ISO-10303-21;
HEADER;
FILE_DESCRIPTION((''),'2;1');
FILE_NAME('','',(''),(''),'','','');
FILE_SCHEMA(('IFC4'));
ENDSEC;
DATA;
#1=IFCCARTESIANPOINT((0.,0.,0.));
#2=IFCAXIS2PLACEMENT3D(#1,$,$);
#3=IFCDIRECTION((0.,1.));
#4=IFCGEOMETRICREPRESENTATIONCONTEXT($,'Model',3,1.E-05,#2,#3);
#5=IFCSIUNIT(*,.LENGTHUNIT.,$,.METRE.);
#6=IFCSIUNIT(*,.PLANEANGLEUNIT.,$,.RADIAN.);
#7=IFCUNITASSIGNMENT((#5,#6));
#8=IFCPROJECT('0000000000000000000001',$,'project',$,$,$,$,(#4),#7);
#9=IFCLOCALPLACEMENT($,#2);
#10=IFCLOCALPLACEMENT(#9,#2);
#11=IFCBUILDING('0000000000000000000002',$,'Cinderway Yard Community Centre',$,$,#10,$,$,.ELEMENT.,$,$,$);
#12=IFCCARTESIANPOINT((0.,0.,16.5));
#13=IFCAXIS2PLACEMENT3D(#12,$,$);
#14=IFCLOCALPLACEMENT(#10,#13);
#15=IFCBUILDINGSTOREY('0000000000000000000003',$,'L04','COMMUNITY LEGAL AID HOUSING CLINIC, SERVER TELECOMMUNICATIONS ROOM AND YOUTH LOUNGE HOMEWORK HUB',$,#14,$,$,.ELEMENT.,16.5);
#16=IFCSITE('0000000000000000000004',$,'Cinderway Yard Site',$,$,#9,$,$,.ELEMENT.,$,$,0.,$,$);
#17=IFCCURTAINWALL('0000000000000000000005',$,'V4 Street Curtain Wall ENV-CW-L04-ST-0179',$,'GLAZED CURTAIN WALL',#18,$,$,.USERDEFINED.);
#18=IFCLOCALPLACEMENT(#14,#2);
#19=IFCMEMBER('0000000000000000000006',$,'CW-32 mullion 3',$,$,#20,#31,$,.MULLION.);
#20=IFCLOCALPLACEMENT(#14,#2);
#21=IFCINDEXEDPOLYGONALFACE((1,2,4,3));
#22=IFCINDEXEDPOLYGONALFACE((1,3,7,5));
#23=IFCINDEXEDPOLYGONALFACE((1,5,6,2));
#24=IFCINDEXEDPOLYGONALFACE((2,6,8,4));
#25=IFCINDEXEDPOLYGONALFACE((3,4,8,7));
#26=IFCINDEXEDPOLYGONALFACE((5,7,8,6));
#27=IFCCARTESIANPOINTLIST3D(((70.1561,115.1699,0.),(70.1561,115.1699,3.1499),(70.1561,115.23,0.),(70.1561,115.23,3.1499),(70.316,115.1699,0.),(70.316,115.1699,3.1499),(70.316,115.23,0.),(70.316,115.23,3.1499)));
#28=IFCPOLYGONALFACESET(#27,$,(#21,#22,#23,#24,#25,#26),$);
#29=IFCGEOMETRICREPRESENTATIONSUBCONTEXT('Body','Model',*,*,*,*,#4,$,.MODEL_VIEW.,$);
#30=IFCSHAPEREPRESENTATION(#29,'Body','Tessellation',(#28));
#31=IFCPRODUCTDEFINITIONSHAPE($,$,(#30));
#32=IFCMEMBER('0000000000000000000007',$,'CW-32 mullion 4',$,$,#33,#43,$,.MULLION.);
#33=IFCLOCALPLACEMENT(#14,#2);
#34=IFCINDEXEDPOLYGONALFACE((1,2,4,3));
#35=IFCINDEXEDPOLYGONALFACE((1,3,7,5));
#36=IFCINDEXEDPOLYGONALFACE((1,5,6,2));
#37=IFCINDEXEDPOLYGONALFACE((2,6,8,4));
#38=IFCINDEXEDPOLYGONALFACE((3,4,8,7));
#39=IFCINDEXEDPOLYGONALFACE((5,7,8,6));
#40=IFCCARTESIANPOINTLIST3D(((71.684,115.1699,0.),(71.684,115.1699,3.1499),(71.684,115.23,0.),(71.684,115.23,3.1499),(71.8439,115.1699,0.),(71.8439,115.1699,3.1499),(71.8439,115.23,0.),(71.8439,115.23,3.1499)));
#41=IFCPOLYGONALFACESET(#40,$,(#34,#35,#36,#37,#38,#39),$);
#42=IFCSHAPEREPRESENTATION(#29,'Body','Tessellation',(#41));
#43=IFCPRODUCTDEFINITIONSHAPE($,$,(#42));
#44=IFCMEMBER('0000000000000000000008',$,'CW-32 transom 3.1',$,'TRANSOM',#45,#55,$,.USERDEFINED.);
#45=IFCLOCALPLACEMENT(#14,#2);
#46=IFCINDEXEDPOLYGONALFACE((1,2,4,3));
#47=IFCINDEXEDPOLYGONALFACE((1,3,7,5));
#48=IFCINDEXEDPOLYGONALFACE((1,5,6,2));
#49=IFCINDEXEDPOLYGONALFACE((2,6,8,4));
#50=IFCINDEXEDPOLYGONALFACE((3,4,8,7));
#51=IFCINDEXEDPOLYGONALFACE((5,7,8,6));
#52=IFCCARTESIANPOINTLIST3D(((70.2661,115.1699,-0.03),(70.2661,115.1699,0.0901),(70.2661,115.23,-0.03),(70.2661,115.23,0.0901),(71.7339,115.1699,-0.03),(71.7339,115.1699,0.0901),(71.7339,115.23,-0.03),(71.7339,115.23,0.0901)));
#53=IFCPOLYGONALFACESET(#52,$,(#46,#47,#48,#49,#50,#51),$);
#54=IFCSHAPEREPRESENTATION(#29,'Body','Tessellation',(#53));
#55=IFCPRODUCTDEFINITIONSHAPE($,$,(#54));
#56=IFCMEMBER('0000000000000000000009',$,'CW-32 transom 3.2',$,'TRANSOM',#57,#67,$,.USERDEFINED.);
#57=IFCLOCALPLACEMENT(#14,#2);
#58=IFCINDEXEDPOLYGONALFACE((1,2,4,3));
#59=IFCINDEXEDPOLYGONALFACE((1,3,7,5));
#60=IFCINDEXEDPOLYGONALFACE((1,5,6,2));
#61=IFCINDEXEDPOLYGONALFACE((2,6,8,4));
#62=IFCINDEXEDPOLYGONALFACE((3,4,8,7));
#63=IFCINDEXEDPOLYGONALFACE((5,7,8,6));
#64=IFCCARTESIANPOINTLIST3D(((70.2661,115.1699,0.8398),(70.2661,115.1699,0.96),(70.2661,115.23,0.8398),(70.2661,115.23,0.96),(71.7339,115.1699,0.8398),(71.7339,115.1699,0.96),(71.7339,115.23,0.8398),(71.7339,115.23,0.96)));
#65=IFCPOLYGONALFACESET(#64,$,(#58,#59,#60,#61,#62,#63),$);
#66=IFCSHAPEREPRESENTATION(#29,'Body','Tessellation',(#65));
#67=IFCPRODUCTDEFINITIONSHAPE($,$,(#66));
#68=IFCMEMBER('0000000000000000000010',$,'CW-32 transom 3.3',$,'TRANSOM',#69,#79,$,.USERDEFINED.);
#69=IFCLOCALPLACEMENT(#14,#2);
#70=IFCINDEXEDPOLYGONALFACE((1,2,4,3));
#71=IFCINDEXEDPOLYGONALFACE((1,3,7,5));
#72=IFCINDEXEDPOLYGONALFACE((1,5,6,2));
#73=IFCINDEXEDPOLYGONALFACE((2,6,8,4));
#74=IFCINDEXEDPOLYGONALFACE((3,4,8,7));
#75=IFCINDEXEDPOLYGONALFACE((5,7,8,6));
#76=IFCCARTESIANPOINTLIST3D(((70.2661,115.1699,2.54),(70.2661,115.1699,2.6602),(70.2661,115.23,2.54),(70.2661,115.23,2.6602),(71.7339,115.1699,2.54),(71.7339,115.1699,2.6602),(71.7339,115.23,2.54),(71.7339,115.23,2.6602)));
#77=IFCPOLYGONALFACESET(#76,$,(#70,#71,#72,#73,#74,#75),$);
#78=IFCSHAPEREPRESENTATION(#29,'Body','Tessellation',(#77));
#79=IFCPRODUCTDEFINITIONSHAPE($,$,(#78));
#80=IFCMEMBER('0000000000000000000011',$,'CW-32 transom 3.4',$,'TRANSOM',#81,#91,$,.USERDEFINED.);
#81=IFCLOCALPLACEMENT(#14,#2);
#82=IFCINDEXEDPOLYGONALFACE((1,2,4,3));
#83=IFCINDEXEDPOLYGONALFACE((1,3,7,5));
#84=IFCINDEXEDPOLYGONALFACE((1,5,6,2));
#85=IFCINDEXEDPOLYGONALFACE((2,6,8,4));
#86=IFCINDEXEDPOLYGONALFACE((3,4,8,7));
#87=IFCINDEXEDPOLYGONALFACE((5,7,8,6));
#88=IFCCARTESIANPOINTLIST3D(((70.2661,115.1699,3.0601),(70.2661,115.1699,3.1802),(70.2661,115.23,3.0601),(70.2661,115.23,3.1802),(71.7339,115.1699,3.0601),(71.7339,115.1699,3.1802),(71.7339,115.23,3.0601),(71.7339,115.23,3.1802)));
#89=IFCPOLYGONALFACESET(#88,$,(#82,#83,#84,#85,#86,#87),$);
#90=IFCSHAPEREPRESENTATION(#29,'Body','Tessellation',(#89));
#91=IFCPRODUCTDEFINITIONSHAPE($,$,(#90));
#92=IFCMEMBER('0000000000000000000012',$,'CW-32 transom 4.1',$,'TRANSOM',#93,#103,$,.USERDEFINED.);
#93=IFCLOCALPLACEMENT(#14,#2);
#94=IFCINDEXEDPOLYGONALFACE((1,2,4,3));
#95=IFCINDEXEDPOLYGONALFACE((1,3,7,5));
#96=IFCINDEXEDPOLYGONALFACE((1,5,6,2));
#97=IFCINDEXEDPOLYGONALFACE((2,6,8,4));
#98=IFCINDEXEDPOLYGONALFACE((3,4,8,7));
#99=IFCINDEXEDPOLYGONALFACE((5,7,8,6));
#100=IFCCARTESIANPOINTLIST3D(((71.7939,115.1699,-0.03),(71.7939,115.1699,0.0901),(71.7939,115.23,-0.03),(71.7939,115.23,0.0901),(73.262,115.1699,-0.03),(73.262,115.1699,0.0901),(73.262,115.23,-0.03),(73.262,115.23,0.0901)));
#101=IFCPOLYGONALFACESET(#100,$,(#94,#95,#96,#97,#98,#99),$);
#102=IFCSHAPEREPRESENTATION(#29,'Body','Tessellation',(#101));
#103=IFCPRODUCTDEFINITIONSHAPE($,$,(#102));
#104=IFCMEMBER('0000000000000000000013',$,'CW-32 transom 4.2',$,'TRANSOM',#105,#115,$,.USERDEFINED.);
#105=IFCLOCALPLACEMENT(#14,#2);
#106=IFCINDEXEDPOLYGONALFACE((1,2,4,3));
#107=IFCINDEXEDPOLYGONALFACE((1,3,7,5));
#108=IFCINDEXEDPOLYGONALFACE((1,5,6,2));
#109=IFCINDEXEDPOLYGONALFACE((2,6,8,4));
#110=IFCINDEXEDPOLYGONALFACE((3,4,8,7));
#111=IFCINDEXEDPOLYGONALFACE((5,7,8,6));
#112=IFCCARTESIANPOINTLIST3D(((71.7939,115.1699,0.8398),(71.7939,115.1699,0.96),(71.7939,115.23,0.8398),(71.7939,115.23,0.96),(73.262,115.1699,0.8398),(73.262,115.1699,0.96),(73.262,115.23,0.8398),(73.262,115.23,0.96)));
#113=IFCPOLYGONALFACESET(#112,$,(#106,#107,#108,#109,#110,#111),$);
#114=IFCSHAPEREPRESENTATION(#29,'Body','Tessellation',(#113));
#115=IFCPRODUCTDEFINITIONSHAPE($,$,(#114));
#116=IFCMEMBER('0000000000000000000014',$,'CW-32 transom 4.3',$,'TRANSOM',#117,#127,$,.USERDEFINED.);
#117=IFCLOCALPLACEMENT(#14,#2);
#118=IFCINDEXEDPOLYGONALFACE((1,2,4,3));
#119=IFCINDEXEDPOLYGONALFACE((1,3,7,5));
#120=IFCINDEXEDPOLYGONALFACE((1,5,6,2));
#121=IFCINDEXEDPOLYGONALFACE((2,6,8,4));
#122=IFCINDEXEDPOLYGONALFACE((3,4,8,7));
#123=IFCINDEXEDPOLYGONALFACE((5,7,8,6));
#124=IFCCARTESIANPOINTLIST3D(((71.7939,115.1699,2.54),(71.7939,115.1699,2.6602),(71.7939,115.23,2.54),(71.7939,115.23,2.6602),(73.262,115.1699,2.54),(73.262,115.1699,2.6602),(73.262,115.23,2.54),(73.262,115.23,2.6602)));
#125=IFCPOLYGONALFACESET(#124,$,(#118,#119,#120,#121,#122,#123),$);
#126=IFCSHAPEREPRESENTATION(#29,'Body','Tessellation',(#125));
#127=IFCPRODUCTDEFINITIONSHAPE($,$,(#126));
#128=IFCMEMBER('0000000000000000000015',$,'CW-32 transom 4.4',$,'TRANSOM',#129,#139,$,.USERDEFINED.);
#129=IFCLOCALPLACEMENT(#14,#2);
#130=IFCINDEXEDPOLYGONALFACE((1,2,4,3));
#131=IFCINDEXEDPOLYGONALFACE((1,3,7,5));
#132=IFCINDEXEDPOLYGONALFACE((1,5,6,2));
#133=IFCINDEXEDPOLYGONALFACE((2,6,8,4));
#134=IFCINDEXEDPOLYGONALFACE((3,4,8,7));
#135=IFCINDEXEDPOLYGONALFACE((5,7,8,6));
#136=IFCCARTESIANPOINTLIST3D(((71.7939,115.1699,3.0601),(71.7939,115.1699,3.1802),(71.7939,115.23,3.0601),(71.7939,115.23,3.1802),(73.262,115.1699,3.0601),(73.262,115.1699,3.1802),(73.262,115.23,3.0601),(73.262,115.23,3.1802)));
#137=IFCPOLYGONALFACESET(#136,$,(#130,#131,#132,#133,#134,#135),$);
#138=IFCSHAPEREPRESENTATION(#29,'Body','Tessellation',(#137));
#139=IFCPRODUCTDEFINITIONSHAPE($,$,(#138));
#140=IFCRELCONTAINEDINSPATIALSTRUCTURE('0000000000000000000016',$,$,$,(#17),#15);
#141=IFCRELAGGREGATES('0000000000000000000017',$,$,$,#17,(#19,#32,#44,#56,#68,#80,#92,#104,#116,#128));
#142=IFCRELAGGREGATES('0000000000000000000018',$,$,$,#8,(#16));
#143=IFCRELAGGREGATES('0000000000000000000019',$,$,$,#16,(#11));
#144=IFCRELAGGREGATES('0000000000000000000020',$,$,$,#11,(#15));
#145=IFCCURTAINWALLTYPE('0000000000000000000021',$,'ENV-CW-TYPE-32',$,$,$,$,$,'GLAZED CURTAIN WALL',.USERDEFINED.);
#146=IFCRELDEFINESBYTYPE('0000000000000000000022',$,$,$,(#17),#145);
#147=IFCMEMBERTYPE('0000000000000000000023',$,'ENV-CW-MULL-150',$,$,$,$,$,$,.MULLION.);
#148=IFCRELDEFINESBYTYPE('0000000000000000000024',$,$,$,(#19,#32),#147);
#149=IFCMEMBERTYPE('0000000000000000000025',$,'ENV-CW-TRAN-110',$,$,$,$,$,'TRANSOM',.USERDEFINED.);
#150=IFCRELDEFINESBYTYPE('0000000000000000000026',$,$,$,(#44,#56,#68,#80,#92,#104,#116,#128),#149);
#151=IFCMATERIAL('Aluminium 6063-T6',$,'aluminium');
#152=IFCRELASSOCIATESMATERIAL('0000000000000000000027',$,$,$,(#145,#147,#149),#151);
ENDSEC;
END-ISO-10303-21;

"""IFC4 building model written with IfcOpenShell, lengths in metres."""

from ifc_helpers import new_model, si_unit, direction, frame, origin, origin_2d, place, context, subcontext, project, spatial, rectangle, extrude, material, material_profile, profile_set, type_object, element, aggregate, save


model = new_model("IFC4")

# Units and contexts
model_context = context("Model", 3, precision=1e-05, world=origin(), true_north=direction((0.0, 1.0)))
body_context = subcontext(model_context, "Body", "Model", "MODEL_VIEW")
ifc_project = project(units=[si_unit("LENGTHUNIT", "METRE"), si_unit("PLANEANGLEUNIT", "RADIAN")], contexts=[model_context])

# Site, building, storey
site_placement = place(None, origin())
site = spatial("IfcSite", under=ifc_project, at=site_placement, Name="Cinderway Yard Site", CompositionType="ELEMENT", RefElevation=0.0)
building_placement = place(site_placement, origin())
building = spatial("IfcBuilding", under=site, at=building_placement, Name="Cinderway Yard Community Centre", CompositionType="ELEMENT")
storey_placement = place(building_placement, frame((0.0, 0.0, 16.5)))
storey = spatial("IfcBuildingStorey", under=building, at=storey_placement, Name="L04", Description="COMMUNITY LEGAL AID HOUSING CLINIC, SERVER TELECOMMUNICATIONS ROOM AND YOUTH LOUNGE HOMEWORK HUB", CompositionType="ELEMENT", Elevation=16.5)

# Curtain wall, members
ifc_material_1 = material(Name="Aluminium 6063-T6", Category="aluminium")
curtain_wall_type = type_object("IfcCurtainWallType", Name="ENV-CW-TYPE-32", ElementType="GLAZED CURTAIN WALL", PredefinedType="USERDEFINED", material=ifc_material_1)
curtain_wall_placement = place(storey_placement, origin())
curtain_wall = element("IfcCurtainWall", 1, at=curtain_wall_placement, inside=storey, type_object=curtain_wall_type, Name="V4 Street Curtain Wall ENV-CW-L04-ST-0179", ObjectType="GLAZED CURTAIN WALL", PredefinedType="USERDEFINED")
ifc_material_profile_1 = material_profile(ifc_material_1, rectangle(XDim=0.0601, YDim=0.1599, at=origin_2d()), Name="Aluminium 6063-T6")
ifc_profile_set_1 = profile_set([ifc_material_profile_1], Name="Aluminium 6063-T6")
member_type_1 = type_object("IfcMemberType", Name="ENV-CW-MULL-150", PredefinedType="MULLION", material=ifc_profile_set_1)
member_1_placement = place(storey_placement, frame((70.2361, 115.2, 0.0), z_axis=(0.0, 0.0, 1.0), x_axis=(0.0, 1.0, 0.0)))
member_1 = element("IfcMember", 2, at=member_1_placement, type_object=member_type_1, Name="CW-32 mullion 3", PredefinedType="MULLION", context=body_context, shape_type="SweptSolid", body=[
    extrude(rectangle(XDim=0.0601, YDim=0.1599, at=origin_2d()), origin(), (0.0, 0.0, 1.0), 3.1499),
])
member_2_placement = place(storey_placement, frame((71.7639, 115.2, 0.0), z_axis=(0.0, 0.0, 1.0), x_axis=(0.0, 1.0, 0.0)))
member_2 = element("IfcMember", 3, at=member_2_placement, type_object=member_type_1, Name="CW-32 mullion 4", PredefinedType="MULLION", context=body_context, shape_type="SweptSolid", body=[
    extrude(rectangle(XDim=0.0601, YDim=0.1599, at=origin_2d()), origin(), (0.0, 0.0, 1.0), 3.1499),
])
ifc_material_profile_2 = material_profile(ifc_material_1, rectangle(XDim=0.0601, YDim=0.1201, at=origin_2d()), Name="Aluminium 6063-T6")
ifc_profile_set_2 = profile_set([ifc_material_profile_2], Name="Aluminium 6063-T6")
member_type_2 = type_object("IfcMemberType", Name="ENV-CW-TRAN-110", ElementType="TRANSOM", PredefinedType="USERDEFINED", material=ifc_profile_set_2)
member_3_placement = place(storey_placement, frame((70.2661, 115.2, 0.03), z_axis=(1.0, 0.0, 0.0), x_axis=(0.0, 1.0, 0.0)))
member_3 = element("IfcMember", 4, at=member_3_placement, type_object=member_type_2, Name="CW-32 transom 3.1", ObjectType="TRANSOM", PredefinedType="USERDEFINED", context=body_context, shape_type="SweptSolid", body=[
    extrude(rectangle(XDim=0.0601, YDim=0.1201, at=origin_2d()), origin(), (0.0, 0.0, 1.0), 1.4678),
])
member_4_placement = place(storey_placement, frame((70.2661, 115.2, 0.8999), z_axis=(1.0, 0.0, 0.0), x_axis=(0.0, 1.0, 0.0)))
member_4 = element("IfcMember", 5, at=member_4_placement, type_object=member_type_2, Name="CW-32 transom 3.2", ObjectType="TRANSOM", PredefinedType="USERDEFINED", context=body_context, shape_type="SweptSolid", body=[
    extrude(rectangle(XDim=0.0601, YDim=0.1201, at=origin_2d()), origin(), (0.0, 0.0, 1.0), 1.4678),
])
member_5_placement = place(storey_placement, frame((70.2661, 115.2, 2.6001), z_axis=(1.0, 0.0, 0.0), x_axis=(0.0, 1.0, 0.0)))
member_5 = element("IfcMember", 6, at=member_5_placement, type_object=member_type_2, Name="CW-32 transom 3.3", ObjectType="TRANSOM", PredefinedType="USERDEFINED", context=body_context, shape_type="SweptSolid", body=[
    extrude(rectangle(XDim=0.0601, YDim=0.1201, at=origin_2d()), origin(), (0.0, 0.0, 1.0), 1.4678),
])
member_6_placement = place(storey_placement, frame((70.2661, 115.2, 3.1201), z_axis=(1.0, 0.0, 0.0), x_axis=(0.0, 1.0, 0.0)))
member_6 = element("IfcMember", 7, at=member_6_placement, type_object=member_type_2, Name="CW-32 transom 3.4", ObjectType="TRANSOM", PredefinedType="USERDEFINED", context=body_context, shape_type="SweptSolid", body=[
    extrude(rectangle(XDim=0.0601, YDim=0.1201, at=origin_2d()), origin(), (0.0, 0.0, 1.0), 1.4678),
])
member_7_placement = place(storey_placement, frame((71.7939, 115.2, 0.03), z_axis=(1.0, 0.0, 0.0), x_axis=(0.0, 1.0, 0.0)))
member_7 = element("IfcMember", 8, at=member_7_placement, type_object=member_type_2, Name="CW-32 transom 4.1", ObjectType="TRANSOM", PredefinedType="USERDEFINED", context=body_context, shape_type="SweptSolid", body=[
    extrude(rectangle(XDim=0.0601, YDim=0.1201, at=origin_2d()), origin(), (0.0, 0.0, 1.0), 1.468),
])
member_8_placement = place(storey_placement, frame((71.7939, 115.2, 0.8999), z_axis=(1.0, 0.0, 0.0), x_axis=(0.0, 1.0, 0.0)))
member_8 = element("IfcMember", 9, at=member_8_placement, type_object=member_type_2, Name="CW-32 transom 4.2", ObjectType="TRANSOM", PredefinedType="USERDEFINED", context=body_context, shape_type="SweptSolid", body=[
    extrude(rectangle(XDim=0.0601, YDim=0.1201, at=origin_2d()), origin(), (0.0, 0.0, 1.0), 1.468),
])
member_9_placement = place(storey_placement, frame((71.7939, 115.2, 2.6001), z_axis=(1.0, 0.0, 0.0), x_axis=(0.0, 1.0, 0.0)))
member_9 = element("IfcMember", 10, at=member_9_placement, type_object=member_type_2, Name="CW-32 transom 4.3", ObjectType="TRANSOM", PredefinedType="USERDEFINED", context=body_context, shape_type="SweptSolid", body=[
    extrude(rectangle(XDim=0.0601, YDim=0.1201, at=origin_2d()), origin(), (0.0, 0.0, 1.0), 1.468),
])
member_10_placement = place(storey_placement, frame((71.7939, 115.2, 3.1201), z_axis=(1.0, 0.0, 0.0), x_axis=(0.0, 1.0, 0.0)))
member_10 = element("IfcMember", 11, at=member_10_placement, type_object=member_type_2, Name="CW-32 transom 4.4", ObjectType="TRANSOM", PredefinedType="USERDEFINED", context=body_context, shape_type="SweptSolid", body=[
    extrude(rectangle(XDim=0.0601, YDim=0.1201, at=origin_2d()), origin(), (0.0, 0.0, 1.0), 1.468),
])

aggregate(curtain_wall, [member_1, member_2, member_3, member_4, member_5, member_6, member_7, member_8, member_9, member_10])

save(model, "model.ifc")
